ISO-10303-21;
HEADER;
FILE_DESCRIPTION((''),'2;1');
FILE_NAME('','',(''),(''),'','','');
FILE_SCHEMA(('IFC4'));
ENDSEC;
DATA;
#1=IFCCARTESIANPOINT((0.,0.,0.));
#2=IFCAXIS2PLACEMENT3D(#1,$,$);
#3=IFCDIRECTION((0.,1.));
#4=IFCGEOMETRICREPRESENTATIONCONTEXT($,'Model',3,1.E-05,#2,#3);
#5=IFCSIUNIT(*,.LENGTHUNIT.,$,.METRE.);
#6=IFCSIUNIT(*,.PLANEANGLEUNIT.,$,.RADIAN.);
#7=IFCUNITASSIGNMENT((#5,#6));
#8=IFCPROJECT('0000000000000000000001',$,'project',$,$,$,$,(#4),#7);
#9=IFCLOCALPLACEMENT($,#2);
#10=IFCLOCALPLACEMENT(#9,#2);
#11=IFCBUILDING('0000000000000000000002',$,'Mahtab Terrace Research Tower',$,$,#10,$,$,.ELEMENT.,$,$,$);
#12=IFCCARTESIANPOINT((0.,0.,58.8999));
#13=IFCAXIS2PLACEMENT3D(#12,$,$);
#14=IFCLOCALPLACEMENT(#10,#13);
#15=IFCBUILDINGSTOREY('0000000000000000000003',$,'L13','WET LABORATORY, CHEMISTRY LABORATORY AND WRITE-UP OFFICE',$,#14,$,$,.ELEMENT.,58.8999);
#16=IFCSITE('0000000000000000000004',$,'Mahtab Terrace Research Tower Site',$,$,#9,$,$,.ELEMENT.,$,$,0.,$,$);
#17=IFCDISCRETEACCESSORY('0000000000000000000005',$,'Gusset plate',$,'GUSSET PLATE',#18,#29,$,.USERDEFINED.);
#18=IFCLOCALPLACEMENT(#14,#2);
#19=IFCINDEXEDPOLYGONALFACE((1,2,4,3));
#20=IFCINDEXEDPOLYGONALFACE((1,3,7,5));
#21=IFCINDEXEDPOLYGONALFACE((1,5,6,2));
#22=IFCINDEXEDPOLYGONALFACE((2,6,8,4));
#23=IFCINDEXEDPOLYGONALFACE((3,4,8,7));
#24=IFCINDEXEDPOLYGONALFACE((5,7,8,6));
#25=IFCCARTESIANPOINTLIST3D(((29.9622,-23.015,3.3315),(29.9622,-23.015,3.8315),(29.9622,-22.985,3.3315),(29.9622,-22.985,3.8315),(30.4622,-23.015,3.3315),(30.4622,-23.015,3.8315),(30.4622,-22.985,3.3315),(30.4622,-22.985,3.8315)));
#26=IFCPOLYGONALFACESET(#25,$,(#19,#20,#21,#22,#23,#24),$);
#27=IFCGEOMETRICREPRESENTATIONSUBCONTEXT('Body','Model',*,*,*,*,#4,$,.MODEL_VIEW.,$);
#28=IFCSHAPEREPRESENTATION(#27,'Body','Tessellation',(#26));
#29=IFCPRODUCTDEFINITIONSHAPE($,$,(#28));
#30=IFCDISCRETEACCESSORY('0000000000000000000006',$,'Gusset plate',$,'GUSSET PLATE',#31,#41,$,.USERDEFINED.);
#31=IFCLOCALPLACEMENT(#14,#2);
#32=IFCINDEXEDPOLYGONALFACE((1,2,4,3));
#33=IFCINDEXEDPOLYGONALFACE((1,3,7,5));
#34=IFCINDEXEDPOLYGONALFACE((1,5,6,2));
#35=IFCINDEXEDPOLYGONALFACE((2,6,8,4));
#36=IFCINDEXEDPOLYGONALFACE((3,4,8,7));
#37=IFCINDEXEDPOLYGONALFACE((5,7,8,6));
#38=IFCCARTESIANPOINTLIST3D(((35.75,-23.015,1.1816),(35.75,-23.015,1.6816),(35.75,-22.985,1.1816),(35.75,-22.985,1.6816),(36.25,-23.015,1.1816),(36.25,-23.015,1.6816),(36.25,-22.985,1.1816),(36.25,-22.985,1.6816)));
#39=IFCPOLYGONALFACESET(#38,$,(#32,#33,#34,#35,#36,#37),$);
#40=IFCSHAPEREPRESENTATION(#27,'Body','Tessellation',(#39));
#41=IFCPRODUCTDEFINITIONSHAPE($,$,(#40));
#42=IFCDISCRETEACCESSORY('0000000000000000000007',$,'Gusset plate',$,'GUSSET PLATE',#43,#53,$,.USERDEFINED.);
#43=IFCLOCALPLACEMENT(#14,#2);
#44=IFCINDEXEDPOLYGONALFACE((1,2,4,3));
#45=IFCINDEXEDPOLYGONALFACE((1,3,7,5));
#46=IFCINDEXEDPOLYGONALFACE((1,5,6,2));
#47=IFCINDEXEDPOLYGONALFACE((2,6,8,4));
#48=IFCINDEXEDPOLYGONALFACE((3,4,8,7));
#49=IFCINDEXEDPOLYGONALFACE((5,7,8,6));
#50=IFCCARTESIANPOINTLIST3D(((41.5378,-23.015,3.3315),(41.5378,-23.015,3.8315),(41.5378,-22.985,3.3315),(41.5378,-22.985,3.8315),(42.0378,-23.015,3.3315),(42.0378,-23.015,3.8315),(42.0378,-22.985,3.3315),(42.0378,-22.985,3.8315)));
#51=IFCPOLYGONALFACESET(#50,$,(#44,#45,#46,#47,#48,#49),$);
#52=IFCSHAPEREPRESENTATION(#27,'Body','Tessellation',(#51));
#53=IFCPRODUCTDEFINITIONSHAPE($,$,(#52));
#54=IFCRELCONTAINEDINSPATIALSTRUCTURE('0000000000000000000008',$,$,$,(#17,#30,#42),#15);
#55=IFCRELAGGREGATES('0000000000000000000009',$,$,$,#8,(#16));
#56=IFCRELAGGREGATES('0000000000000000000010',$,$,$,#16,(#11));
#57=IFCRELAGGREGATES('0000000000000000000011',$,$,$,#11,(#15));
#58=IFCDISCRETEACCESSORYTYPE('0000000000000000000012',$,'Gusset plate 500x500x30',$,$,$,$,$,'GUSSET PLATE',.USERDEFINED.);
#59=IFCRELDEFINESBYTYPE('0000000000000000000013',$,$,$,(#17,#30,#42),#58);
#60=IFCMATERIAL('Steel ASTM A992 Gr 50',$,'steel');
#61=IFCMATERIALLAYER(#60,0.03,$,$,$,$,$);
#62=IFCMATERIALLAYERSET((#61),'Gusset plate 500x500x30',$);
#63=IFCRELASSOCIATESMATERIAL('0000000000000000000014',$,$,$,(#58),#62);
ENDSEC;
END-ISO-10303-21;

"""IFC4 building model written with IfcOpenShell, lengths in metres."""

from ifc_helpers import new_model, si_unit, direction, frame, origin, origin_2d, place, context, subcontext, project, spatial, rectangle, extrude, material, layer, layer_set, type_object, element, save


model = new_model("IFC4")

# Units and contexts
model_context = context("Model", 3, precision=1e-05, world=origin(), true_north=direction((0.0, 1.0)))
body_context = subcontext(model_context, "Body", "Model", "MODEL_VIEW")
ifc_project = project(units=[si_unit("LENGTHUNIT", "METRE"), si_unit("PLANEANGLEUNIT", "RADIAN")], contexts=[model_context])

# Site, building, storey
site_placement = place(None, origin())
site = spatial("IfcSite", under=ifc_project, at=site_placement, Name="Mahtab Terrace Research Tower Site", CompositionType="ELEMENT", RefElevation=0.0)
building_placement = place(site_placement, origin())
building = spatial("IfcBuilding", under=site, at=building_placement, Name="Mahtab Terrace Research Tower", CompositionType="ELEMENT")
storey_placement = place(building_placement, frame((0.0, 0.0, 58.8999)))
storey = spatial("IfcBuildingStorey", under=building, at=storey_placement, Name="L13", Description="WET LABORATORY, CHEMISTRY LABORATORY AND WRITE-UP OFFICE", CompositionType="ELEMENT", Elevation=58.8999)

# Shared definitions
ifc_material_1 = material(Name="Steel ASTM A992 Gr 50", Category="steel")

# Discrete accessories
ifc_layer_1 = layer(ifc_material_1, 0.03)
ifc_layer_set_1 = layer_set([ifc_layer_1], Name="Gusset plate 500x500x30")
discrete_accessory_type = type_object("IfcDiscreteAccessoryType", Name="Gusset plate 500x500x30", ElementType="GUSSET PLATE", PredefinedType="USERDEFINED", material=ifc_layer_set_1)
for number, where, z_axis, x_axis, name in (
    (1, (30.2122, -23.0, 3.3315), (0.0, 0.0, 1.0), (1.0, 0.0, 0.0), "Gusset plate"),
    (2, (36.0, -23.0, 1.1816), (0.0, 0.0, 1.0), (1.0, 0.0, 0.0), "Gusset plate"),
    (3, (41.7878, -23.0, 3.3315), (0.0, 0.0, 1.0), (1.0, 0.0, 0.0), "Gusset plate"),
):
    element("IfcDiscreteAccessory", number, at=place(storey_placement, frame(where, z_axis=z_axis, x_axis=x_axis)), inside=storey, type_object=discrete_accessory_type, Name=name, ObjectType="GUSSET PLATE", PredefinedType="USERDEFINED", context=body_context, shape_type="SweptSolid", body=[
        extrude(rectangle(XDim=0.5, YDim=0.03, at=origin_2d()), origin(), (0.0, 0.0, 1.0), 0.5),
    ])

save(model, "model.ifc")
